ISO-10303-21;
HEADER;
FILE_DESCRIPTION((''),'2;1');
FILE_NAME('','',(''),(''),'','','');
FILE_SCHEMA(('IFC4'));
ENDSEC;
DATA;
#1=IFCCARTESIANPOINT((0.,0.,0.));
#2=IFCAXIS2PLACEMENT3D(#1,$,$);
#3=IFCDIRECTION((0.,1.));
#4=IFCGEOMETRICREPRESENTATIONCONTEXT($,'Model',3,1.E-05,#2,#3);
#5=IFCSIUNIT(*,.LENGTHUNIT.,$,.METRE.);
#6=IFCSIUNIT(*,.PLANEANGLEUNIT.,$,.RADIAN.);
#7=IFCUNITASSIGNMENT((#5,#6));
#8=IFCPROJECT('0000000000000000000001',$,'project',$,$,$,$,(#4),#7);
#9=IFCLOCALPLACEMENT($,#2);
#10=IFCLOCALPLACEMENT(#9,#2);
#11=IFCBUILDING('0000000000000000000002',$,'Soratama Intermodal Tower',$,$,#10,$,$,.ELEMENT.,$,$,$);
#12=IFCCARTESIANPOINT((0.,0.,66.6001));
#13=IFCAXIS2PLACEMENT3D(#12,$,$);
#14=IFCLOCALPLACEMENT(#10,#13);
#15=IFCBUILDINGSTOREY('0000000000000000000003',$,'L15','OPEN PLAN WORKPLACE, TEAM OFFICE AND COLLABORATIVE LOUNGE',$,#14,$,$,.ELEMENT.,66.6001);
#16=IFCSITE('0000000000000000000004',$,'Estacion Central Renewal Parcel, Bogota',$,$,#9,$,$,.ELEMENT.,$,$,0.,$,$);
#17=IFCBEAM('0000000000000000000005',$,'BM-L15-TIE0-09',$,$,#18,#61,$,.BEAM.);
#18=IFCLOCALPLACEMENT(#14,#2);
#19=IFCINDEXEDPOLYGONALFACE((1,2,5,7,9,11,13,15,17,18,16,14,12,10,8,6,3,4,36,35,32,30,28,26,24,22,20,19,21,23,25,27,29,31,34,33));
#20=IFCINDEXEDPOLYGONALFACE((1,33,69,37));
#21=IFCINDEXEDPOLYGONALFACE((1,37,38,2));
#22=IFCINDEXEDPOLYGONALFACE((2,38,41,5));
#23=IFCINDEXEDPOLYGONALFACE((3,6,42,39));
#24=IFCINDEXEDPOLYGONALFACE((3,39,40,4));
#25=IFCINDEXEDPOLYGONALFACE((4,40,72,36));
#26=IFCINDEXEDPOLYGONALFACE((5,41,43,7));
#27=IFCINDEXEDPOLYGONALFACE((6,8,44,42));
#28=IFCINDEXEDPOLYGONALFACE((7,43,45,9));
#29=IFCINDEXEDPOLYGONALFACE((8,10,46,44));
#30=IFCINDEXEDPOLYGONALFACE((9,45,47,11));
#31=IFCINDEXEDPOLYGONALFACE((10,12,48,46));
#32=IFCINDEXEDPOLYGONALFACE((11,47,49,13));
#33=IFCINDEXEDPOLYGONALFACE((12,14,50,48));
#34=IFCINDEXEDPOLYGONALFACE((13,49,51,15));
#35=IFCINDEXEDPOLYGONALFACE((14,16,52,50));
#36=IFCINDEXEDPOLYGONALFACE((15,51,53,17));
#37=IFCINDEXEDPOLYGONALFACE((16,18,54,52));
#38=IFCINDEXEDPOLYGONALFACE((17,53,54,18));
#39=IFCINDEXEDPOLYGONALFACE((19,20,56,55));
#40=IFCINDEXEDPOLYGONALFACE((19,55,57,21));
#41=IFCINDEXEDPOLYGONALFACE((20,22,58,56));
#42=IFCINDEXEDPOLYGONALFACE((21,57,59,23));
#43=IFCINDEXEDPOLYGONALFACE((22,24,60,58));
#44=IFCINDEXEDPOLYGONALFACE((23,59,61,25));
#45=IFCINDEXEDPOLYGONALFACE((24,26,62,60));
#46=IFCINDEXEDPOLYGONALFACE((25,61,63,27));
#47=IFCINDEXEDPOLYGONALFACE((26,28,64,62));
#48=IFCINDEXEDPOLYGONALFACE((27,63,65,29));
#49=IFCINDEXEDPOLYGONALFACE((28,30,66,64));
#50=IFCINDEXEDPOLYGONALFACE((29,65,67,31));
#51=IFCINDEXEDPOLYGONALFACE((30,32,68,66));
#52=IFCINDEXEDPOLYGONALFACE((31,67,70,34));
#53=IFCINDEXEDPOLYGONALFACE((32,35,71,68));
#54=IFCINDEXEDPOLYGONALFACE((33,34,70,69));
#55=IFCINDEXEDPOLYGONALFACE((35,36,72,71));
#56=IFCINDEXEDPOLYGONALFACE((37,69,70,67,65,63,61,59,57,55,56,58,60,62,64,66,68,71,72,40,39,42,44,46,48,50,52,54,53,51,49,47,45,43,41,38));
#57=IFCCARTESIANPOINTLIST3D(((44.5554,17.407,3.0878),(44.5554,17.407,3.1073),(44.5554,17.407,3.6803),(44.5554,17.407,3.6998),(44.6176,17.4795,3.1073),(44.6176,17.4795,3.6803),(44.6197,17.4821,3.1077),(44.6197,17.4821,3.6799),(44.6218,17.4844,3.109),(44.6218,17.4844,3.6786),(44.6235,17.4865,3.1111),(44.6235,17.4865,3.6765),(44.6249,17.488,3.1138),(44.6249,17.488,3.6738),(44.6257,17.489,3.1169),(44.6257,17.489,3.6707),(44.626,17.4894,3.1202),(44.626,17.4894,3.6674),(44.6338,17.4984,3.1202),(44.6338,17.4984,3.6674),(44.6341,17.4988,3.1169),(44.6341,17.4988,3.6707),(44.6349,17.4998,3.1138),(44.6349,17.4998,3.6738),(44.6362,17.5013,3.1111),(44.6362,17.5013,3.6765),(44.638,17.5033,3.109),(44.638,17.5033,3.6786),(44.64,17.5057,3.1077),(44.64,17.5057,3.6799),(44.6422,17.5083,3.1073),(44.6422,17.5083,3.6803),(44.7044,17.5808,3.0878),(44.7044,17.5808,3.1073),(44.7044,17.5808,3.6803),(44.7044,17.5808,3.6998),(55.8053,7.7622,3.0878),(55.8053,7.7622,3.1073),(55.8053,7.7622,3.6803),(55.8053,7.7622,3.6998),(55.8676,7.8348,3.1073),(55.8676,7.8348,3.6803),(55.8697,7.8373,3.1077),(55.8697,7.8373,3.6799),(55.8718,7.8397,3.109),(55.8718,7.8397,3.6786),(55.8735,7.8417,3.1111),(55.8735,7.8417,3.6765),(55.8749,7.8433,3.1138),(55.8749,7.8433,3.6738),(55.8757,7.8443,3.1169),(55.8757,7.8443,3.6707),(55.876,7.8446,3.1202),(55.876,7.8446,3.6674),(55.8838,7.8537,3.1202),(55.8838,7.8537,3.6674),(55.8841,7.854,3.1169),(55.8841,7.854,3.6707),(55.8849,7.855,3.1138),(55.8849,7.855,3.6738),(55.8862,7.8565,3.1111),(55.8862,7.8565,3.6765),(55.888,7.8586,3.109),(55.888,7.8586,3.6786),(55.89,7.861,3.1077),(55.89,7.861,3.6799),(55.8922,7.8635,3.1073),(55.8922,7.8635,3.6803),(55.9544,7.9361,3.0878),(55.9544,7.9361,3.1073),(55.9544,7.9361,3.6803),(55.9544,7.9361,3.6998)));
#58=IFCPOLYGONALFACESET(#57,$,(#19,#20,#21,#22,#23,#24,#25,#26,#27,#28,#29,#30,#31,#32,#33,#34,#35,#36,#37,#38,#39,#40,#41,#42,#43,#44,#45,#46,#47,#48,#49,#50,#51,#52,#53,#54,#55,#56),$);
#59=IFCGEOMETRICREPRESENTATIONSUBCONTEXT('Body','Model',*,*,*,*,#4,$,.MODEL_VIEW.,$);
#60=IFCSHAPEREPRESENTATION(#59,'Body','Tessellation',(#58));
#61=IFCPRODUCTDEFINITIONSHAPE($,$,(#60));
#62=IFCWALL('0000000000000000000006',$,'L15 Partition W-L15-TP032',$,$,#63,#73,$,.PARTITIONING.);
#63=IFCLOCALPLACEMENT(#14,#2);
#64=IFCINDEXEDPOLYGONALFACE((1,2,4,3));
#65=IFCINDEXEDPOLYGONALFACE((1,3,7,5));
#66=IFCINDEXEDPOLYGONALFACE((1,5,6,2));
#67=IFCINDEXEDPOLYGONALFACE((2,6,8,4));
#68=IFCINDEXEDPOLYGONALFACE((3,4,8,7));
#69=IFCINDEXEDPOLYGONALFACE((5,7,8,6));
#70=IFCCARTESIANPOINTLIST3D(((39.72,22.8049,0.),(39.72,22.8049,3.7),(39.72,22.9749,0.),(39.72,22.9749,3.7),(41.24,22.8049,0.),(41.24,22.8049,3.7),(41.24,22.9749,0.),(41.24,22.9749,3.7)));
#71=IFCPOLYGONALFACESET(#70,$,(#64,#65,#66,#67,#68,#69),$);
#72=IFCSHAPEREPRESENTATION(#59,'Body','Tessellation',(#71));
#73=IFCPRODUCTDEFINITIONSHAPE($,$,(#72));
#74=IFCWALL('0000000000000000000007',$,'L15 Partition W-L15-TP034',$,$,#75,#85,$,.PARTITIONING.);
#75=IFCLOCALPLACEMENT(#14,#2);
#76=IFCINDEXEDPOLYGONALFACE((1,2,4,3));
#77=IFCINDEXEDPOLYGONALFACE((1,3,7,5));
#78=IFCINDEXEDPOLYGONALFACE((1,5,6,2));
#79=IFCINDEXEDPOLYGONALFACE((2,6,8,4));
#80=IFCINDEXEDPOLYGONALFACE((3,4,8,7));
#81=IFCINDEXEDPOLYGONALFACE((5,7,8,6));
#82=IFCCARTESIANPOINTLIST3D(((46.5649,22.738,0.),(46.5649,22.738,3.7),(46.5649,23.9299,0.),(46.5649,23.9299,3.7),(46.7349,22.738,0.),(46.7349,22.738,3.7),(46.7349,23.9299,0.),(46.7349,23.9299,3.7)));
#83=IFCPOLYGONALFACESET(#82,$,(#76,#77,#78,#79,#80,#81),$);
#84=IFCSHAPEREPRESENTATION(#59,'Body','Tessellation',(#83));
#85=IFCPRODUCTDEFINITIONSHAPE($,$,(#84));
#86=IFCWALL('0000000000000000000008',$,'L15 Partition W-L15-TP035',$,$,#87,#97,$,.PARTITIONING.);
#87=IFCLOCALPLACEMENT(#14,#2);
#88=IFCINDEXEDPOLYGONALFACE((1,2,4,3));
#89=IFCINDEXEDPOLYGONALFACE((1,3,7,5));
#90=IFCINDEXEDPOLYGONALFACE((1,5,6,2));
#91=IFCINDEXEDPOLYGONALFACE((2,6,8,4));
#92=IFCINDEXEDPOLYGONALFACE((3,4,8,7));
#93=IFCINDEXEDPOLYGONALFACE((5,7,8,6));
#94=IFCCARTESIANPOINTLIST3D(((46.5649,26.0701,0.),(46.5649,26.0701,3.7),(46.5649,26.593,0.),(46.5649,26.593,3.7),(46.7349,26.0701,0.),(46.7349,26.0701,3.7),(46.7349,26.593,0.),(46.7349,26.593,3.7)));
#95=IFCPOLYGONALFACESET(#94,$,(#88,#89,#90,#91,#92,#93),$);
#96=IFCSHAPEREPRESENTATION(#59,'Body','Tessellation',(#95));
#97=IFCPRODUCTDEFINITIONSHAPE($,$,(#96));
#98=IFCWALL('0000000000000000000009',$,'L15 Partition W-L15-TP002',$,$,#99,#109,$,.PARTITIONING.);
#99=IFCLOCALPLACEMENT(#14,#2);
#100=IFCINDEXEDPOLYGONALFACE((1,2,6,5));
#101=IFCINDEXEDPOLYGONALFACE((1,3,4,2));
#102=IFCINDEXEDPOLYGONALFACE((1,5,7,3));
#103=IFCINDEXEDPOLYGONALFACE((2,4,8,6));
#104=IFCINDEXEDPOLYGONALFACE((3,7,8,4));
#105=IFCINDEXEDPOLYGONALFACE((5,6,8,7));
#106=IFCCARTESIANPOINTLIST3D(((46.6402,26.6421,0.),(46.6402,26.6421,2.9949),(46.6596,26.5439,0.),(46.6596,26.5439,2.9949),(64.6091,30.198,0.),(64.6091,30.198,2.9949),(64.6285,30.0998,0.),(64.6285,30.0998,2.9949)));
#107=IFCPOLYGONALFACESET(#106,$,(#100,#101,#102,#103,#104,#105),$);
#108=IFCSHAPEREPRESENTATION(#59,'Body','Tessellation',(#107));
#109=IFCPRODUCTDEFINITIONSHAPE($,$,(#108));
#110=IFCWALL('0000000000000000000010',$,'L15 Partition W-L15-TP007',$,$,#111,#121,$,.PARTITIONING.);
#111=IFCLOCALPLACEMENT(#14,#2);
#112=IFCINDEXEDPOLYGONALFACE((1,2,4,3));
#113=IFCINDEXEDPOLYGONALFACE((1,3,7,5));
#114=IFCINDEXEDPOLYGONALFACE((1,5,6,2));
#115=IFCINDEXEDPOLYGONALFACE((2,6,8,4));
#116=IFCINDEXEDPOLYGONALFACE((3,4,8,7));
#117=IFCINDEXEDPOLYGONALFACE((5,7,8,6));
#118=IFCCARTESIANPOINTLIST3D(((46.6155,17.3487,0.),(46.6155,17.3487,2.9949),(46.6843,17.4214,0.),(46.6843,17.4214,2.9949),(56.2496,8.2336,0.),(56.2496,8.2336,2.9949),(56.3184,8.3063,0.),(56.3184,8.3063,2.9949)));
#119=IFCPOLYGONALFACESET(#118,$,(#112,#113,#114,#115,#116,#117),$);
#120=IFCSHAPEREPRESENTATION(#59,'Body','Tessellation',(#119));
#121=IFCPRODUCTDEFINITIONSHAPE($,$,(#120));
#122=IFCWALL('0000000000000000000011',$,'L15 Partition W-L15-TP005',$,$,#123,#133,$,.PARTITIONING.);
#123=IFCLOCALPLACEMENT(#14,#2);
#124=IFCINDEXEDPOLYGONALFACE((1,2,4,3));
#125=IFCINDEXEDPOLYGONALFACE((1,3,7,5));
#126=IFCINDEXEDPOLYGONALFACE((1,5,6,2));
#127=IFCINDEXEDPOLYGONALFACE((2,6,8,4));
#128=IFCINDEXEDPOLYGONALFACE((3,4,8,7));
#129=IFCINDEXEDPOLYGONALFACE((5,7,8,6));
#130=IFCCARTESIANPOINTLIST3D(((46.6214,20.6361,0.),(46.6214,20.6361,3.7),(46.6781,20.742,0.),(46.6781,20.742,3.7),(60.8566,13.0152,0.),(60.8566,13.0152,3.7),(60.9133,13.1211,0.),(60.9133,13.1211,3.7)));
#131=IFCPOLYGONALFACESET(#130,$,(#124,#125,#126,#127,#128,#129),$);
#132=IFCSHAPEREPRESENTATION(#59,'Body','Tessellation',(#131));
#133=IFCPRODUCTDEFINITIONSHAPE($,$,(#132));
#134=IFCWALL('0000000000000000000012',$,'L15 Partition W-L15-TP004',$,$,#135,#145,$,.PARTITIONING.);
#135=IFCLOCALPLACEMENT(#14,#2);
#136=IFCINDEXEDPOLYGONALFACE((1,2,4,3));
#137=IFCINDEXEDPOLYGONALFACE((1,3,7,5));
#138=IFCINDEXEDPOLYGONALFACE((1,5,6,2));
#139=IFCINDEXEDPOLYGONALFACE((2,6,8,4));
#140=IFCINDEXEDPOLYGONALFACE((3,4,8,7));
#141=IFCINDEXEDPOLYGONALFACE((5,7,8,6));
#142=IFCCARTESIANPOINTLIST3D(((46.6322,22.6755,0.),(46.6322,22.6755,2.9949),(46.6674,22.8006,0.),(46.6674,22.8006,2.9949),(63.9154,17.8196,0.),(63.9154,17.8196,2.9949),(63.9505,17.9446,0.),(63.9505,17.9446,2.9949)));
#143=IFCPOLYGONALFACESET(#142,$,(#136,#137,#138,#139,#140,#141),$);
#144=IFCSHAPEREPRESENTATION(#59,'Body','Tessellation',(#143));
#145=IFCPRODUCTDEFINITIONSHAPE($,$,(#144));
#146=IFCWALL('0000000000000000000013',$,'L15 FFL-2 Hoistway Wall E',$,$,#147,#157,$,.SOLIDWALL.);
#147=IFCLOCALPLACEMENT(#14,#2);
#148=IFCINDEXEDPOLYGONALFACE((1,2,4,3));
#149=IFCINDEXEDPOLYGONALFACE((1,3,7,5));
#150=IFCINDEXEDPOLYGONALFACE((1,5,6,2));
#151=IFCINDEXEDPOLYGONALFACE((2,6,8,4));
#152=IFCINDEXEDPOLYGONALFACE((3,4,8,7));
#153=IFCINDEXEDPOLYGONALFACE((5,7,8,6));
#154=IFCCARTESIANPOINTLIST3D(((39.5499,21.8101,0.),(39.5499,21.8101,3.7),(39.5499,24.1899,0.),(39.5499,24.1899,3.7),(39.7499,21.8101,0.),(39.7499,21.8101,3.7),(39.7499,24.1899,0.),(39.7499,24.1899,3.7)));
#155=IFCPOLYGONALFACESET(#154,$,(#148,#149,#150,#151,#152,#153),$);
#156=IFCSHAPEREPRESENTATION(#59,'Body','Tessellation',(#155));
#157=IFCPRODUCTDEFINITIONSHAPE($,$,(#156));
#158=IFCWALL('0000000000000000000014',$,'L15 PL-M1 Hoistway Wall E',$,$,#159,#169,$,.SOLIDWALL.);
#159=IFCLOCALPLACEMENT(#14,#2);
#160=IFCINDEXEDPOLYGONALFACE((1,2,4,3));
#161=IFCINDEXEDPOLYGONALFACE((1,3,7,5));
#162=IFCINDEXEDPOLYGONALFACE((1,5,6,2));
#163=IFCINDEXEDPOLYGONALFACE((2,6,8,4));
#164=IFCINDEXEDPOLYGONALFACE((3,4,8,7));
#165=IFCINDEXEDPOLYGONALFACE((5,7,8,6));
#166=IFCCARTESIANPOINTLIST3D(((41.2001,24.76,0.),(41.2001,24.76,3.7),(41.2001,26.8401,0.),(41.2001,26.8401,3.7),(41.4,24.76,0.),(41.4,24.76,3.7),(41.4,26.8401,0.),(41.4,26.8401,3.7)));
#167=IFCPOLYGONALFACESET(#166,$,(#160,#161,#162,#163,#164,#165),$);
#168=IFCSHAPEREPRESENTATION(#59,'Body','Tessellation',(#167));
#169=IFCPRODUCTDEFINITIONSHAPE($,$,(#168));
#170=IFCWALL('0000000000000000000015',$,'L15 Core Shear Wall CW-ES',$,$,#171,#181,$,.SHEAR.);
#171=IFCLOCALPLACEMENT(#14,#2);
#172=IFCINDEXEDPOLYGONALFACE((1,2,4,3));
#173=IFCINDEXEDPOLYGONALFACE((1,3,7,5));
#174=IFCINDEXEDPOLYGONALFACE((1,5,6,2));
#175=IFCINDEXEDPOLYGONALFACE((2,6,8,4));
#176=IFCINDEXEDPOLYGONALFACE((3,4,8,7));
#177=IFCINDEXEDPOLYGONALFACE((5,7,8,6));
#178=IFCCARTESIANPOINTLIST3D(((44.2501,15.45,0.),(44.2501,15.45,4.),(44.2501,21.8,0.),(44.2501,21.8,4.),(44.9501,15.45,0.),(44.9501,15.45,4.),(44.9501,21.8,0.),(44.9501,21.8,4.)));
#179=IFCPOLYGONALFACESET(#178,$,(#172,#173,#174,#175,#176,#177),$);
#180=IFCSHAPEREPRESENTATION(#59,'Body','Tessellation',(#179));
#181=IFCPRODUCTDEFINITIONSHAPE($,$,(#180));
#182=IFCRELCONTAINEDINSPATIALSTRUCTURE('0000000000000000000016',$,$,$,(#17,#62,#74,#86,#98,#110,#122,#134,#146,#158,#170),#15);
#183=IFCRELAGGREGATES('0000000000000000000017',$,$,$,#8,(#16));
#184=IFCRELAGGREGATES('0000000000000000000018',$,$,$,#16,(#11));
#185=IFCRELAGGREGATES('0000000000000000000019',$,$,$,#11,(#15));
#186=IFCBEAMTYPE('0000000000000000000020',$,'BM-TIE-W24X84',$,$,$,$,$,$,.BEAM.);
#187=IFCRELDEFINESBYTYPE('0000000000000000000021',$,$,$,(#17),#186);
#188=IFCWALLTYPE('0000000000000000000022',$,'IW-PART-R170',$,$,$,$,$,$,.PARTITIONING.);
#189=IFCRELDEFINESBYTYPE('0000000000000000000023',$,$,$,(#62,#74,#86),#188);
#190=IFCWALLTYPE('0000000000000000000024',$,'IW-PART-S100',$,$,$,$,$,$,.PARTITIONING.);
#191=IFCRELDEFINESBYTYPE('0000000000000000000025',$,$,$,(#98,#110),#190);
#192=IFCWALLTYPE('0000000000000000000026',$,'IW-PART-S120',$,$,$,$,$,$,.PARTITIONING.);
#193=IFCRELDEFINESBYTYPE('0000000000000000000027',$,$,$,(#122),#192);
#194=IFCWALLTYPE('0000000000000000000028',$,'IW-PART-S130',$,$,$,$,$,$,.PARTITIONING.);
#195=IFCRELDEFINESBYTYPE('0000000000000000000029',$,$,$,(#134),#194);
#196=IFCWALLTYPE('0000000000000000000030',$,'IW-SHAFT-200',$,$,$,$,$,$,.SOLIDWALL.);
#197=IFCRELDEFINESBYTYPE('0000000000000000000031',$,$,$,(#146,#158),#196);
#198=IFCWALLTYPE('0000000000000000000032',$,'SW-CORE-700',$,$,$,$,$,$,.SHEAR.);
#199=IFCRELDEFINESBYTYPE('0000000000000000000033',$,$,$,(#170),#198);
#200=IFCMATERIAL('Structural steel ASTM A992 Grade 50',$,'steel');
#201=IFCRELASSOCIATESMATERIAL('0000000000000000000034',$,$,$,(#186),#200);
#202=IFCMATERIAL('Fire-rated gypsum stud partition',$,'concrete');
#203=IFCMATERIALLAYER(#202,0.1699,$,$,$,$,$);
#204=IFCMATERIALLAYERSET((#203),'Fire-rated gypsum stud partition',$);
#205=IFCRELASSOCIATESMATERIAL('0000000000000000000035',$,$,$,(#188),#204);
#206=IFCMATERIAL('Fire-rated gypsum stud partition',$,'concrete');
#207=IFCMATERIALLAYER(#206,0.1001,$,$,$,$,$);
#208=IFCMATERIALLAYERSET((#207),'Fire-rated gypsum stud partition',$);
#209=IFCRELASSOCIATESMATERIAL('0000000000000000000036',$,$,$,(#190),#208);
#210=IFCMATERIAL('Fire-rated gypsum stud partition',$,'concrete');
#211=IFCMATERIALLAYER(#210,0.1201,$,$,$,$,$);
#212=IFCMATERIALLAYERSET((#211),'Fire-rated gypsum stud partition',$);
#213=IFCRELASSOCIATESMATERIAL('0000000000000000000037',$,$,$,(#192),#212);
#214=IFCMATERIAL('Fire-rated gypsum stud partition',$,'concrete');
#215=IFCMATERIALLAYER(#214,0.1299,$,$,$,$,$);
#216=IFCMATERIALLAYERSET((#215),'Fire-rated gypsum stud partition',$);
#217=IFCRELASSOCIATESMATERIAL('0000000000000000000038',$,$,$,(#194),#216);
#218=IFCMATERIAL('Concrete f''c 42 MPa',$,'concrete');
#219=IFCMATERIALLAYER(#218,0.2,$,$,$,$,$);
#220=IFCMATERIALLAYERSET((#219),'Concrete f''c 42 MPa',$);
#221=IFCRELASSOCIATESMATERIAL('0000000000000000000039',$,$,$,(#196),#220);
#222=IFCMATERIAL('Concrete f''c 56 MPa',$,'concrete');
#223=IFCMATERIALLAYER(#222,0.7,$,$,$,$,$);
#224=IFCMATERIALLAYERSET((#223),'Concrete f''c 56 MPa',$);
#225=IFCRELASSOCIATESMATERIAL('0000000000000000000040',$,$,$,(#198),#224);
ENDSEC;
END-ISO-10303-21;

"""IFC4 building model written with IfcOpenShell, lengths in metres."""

from ifc_helpers import new_model, si_unit, direction, frame, frame_2d, origin, origin_2d, place, context, subcontext, project, spatial, rectangle, i_section, extrude, material, layer, layer_set, material_profile, profile_set, type_object, element, save


model = new_model("IFC4")

# Units and contexts
model_context = context("Model", 3, precision=1e-05, world=origin(), true_north=direction((0.0, 1.0)))
body_context = subcontext(model_context, "Body", "Model", "MODEL_VIEW")
ifc_project = project(units=[si_unit("LENGTHUNIT", "METRE"), si_unit("PLANEANGLEUNIT", "RADIAN")], contexts=[model_context])

# Site, building, storey
site_placement = place(None, origin())
site = spatial("IfcSite", under=ifc_project, at=site_placement, Name="Estacion Central Renewal Parcel, Bogota", CompositionType="ELEMENT", RefElevation=0.0)
building_placement = place(site_placement, origin())
building = spatial("IfcBuilding", under=site, at=building_placement, Name="Soratama Intermodal Tower", CompositionType="ELEMENT")
storey_placement = place(building_placement, frame((0.0, 0.0, 66.6001)))
storey = spatial("IfcBuildingStorey", under=building, at=storey_placement, Name="L15", Description="OPEN PLAN WORKPLACE, TEAM OFFICE AND COLLABORATIVE LOUNGE", CompositionType="ELEMENT", Elevation=66.6001)

# Beam
ifc_material_1 = material(Name="Structural steel ASTM A992 Grade 50", Category="steel")
ifc_material_profile_1 = material_profile(ifc_material_1, i_section(OverallWidth=0.229, OverallDepth=0.6121, WebThickness=0.012, FlangeThickness=0.0195, FilletRadius=0.0129, at=origin_2d()), Name="W24X84")
ifc_profile_set_1 = profile_set([ifc_material_profile_1], Name="Structural steel ASTM A992 Grade 50")
beam_type_1 = type_object("IfcBeamType", Name="BM-TIE-W24X84", PredefinedType="BEAM", material=ifc_profile_set_1)
beam_1_placement = place(storey_placement, frame((44.6299, 17.4939, 3.3938), z_axis=(0.759193, -0.650866, 0.0), x_axis=(0.650866, 0.759193, 0.0)))
element("IfcBeam", 1, at=beam_1_placement, inside=storey, type_object=beam_type_1, Name="BM-L15-TIE0-09", PredefinedType="BEAM", context=body_context, shape_type="SweptSolid", body=[
    extrude(i_section(OverallWidth=0.229, OverallDepth=0.6121, WebThickness=0.012, FlangeThickness=0.0195, FilletRadius=0.0129, at=origin_2d()), origin(), (0.0, 0.0, 1.0), 14.8184),
])

# Shared definitions
ifc_material_2 = material(Name="Fire-rated gypsum stud partition", Category="concrete")
ifc_layer_1 = layer(ifc_material_2, 0.1699)
ifc_layer_set_1 = layer_set([ifc_layer_1], Name="Fire-rated gypsum stud partition")
wall_type_1 = type_object("IfcWallType", Name="IW-PART-R170", PredefinedType="PARTITIONING", material=ifc_layer_set_1)

# Walls
wall_1_placement = place(storey_placement, frame((39.72, 22.8899, 0.0), z_axis=(0.0, 0.0, 1.0), x_axis=(1.0, 0.0, 0.0)))
element("IfcWall", 2, at=wall_1_placement, inside=storey, type_object=wall_type_1, Name="L15 Partition W-L15-TP032", PredefinedType="PARTITIONING", context=body_context, shape_type="SweptSolid", body=[
    extrude(rectangle(XDim=1.52, YDim=0.1699, at=frame_2d((0.76, 0.0))), origin(), (0.0, 0.0, 1.0), 3.7),
])
wall_2_placement = place(storey_placement, frame((46.6499, 23.9299, 0.0), z_axis=(0.0, 0.0, 1.0), x_axis=(0.0, -1.0, 0.0)))
element("IfcWall", 3, at=wall_2_placement, inside=storey, type_object=wall_type_1, Name="L15 Partition W-L15-TP034", PredefinedType="PARTITIONING", context=body_context, shape_type="SweptSolid", body=[
    extrude(rectangle(XDim=1.1919, YDim=0.1699, at=frame_2d((0.5959, 0.0))), origin(), (0.0, 0.0, 1.0), 3.7),
])
wall_3_placement = place(storey_placement, frame((46.6499, 26.593, 0.0), z_axis=(0.0, 0.0, 1.0), x_axis=(0.0, -1.0, 0.0)))
element("IfcWall", 4, at=wall_3_placement, inside=storey, type_object=wall_type_1, Name="L15 Partition W-L15-TP035", PredefinedType="PARTITIONING", context=body_context, shape_type="SweptSolid", body=[
    extrude(rectangle(XDim=0.5229, YDim=0.1699, at=frame_2d((0.2615, 0.0))), origin(), (0.0, 0.0, 1.0), 3.7),
])
ifc_material_3 = material(Name="Fire-rated gypsum stud partition", Category="concrete")
ifc_layer_2 = layer(ifc_material_3, 0.1001)
ifc_layer_set_2 = layer_set([ifc_layer_2], Name="Fire-rated gypsum stud partition")
wall_type_2 = type_object("IfcWallType", Name="IW-PART-S100", PredefinedType="PARTITIONING", material=ifc_layer_set_2)
wall_4_placement = place(storey_placement, frame((46.6499, 26.593, 0.0), z_axis=(0.0, 0.0, 1.0), x_axis=(0.980976, 0.194127, 0.0)))
element("IfcWall", 5, at=wall_4_placement, inside=storey, type_object=wall_type_2, Name="L15 Partition W-L15-TP002", PredefinedType="PARTITIONING", context=body_context, shape_type="SweptSolid", body=[
    extrude(rectangle(XDim=18.3174, YDim=0.1001, at=frame_2d((9.1587, 0.0))), origin(), (0.0, 0.0, 1.0), 2.9949),
])
wall_5_placement = place(storey_placement, frame((46.6499, 17.385, 0.0), z_axis=(0.0, 0.0, 1.0), x_axis=(0.726404, -0.687268, 0.0)))
element("IfcWall", 6, at=wall_5_placement, inside=storey, type_object=wall_type_2, Name="L15 Partition W-L15-TP007", PredefinedType="PARTITIONING", context=body_context, shape_type="SweptSolid", body=[
    extrude(rectangle(XDim=13.2627, YDim=0.1001, at=frame_2d((6.6313, 0.0))), origin(), (0.0, 0.0, 1.0), 2.9949),
])
ifc_material_4 = material(Name="Fire-rated gypsum stud partition", Category="concrete")
ifc_layer_3 = layer(ifc_material_4, 0.1201)
ifc_layer_set_3 = layer_set([ifc_layer_3], Name="Fire-rated gypsum stud partition")
wall_type_3 = type_object("IfcWallType", Name="IW-PART-S120", PredefinedType="PARTITIONING", material=ifc_layer_set_3)
wall_6_placement = place(storey_placement, frame((46.6499, 20.689, 0.0), z_axis=(0.0, 0.0, 1.0), x_axis=(0.881611, -0.471976, 0.0)))
element("IfcWall", 7, at=wall_6_placement, inside=storey, type_object=wall_type_3, Name="L15 Partition W-L15-TP005", PredefinedType="PARTITIONING", context=body_context, shape_type="SweptSolid", body=[
    extrude(rectangle(XDim=16.1467, YDim=0.1201, at=frame_2d((8.0732, 0.0))), origin(), (0.0, 0.0, 1.0), 3.7),
])
ifc_material_5 = material(Name="Fire-rated gypsum stud partition", Category="concrete")
ifc_layer_4 = layer(ifc_material_5, 0.1299)
ifc_layer_set_4 = layer_set([ifc_layer_4], Name="Fire-rated gypsum stud partition")
wall_type_4 = type_object("IfcWallType", Name="IW-PART-S130", PredefinedType="PARTITIONING", material=ifc_layer_set_4)
wall_7_placement = place(storey_placement, frame((46.6499, 22.738, 0.0), z_axis=(0.0, 0.0, 1.0), x_axis=(0.962723, -0.27049, 0.0)))
element("IfcWall", 8, at=wall_7_placement, inside=storey, type_object=wall_type_4, Name="L15 Partition W-L15-TP004", PredefinedType="PARTITIONING", context=body_context, shape_type="SweptSolid", body=[
    extrude(rectangle(XDim=17.9524, YDim=0.1299, at=frame_2d((8.9761, 0.0))), origin(), (0.0, 0.0, 1.0), 2.9949),
])
ifc_material_6 = material(Name="Concrete f'c 42 MPa", Category="concrete")
ifc_layer_5 = layer(ifc_material_6, 0.2)
ifc_layer_set_5 = layer_set([ifc_layer_5], Name="Concrete f'c 42 MPa")
wall_type_5 = type_object("IfcWallType", Name="IW-SHAFT-200", PredefinedType="SOLIDWALL", material=ifc_layer_set_5)
wall_8_placement = place(storey_placement, frame((39.6499, 21.8101, 0.0), z_axis=(0.0, 0.0, 1.0), x_axis=(0.0, 1.0, 0.0)))
element("IfcWall", 9, at=wall_8_placement, inside=storey, type_object=wall_type_5, Name="L15 FFL-2 Hoistway Wall E", PredefinedType="SOLIDWALL", context=body_context, shape_type="SweptSolid", body=[
    extrude(rectangle(XDim=2.3799, YDim=0.2, at=frame_2d((1.1899, 0.0))), origin(), (0.0, 0.0, 1.0), 3.7),
])
wall_9_placement = place(storey_placement, frame((41.3, 24.76, 0.0), z_axis=(0.0, 0.0, 1.0), x_axis=(0.0, 1.0, 0.0)))
element("IfcWall", 10, at=wall_9_placement, inside=storey, type_object=wall_type_5, Name="L15 PL-M1 Hoistway Wall E", PredefinedType="SOLIDWALL", context=body_context, shape_type="SweptSolid", body=[
    extrude(rectangle(XDim=2.0801, YDim=0.2, at=frame_2d((1.04, 0.0))), origin(), (0.0, 0.0, 1.0), 3.7),
])
ifc_material_7 = material(Name="Concrete f'c 56 MPa", Category="concrete")
ifc_layer_6 = layer(ifc_material_7, 0.7)
ifc_layer_set_6 = layer_set([ifc_layer_6], Name="Concrete f'c 56 MPa")
wall_type_6 = type_object("IfcWallType", Name="SW-CORE-700", PredefinedType="SHEAR", material=ifc_layer_set_6)
wall_10_placement = place(storey_placement, frame((44.6001, 15.45, 0.0), z_axis=(0.0, 0.0, 1.0), x_axis=(0.0, 1.0, 0.0)))
element("IfcWall", 11, at=wall_10_placement, inside=storey, type_object=wall_type_6, Name="L15 Core Shear Wall CW-ES", PredefinedType="SHEAR", context=body_context, shape_type="SweptSolid", body=[
    extrude(rectangle(XDim=6.3501, YDim=0.7, at=frame_2d((3.175, 0.0))), origin(), (0.0, 0.0, 1.0), 4.0),
])

save(model, "model.ifc")
